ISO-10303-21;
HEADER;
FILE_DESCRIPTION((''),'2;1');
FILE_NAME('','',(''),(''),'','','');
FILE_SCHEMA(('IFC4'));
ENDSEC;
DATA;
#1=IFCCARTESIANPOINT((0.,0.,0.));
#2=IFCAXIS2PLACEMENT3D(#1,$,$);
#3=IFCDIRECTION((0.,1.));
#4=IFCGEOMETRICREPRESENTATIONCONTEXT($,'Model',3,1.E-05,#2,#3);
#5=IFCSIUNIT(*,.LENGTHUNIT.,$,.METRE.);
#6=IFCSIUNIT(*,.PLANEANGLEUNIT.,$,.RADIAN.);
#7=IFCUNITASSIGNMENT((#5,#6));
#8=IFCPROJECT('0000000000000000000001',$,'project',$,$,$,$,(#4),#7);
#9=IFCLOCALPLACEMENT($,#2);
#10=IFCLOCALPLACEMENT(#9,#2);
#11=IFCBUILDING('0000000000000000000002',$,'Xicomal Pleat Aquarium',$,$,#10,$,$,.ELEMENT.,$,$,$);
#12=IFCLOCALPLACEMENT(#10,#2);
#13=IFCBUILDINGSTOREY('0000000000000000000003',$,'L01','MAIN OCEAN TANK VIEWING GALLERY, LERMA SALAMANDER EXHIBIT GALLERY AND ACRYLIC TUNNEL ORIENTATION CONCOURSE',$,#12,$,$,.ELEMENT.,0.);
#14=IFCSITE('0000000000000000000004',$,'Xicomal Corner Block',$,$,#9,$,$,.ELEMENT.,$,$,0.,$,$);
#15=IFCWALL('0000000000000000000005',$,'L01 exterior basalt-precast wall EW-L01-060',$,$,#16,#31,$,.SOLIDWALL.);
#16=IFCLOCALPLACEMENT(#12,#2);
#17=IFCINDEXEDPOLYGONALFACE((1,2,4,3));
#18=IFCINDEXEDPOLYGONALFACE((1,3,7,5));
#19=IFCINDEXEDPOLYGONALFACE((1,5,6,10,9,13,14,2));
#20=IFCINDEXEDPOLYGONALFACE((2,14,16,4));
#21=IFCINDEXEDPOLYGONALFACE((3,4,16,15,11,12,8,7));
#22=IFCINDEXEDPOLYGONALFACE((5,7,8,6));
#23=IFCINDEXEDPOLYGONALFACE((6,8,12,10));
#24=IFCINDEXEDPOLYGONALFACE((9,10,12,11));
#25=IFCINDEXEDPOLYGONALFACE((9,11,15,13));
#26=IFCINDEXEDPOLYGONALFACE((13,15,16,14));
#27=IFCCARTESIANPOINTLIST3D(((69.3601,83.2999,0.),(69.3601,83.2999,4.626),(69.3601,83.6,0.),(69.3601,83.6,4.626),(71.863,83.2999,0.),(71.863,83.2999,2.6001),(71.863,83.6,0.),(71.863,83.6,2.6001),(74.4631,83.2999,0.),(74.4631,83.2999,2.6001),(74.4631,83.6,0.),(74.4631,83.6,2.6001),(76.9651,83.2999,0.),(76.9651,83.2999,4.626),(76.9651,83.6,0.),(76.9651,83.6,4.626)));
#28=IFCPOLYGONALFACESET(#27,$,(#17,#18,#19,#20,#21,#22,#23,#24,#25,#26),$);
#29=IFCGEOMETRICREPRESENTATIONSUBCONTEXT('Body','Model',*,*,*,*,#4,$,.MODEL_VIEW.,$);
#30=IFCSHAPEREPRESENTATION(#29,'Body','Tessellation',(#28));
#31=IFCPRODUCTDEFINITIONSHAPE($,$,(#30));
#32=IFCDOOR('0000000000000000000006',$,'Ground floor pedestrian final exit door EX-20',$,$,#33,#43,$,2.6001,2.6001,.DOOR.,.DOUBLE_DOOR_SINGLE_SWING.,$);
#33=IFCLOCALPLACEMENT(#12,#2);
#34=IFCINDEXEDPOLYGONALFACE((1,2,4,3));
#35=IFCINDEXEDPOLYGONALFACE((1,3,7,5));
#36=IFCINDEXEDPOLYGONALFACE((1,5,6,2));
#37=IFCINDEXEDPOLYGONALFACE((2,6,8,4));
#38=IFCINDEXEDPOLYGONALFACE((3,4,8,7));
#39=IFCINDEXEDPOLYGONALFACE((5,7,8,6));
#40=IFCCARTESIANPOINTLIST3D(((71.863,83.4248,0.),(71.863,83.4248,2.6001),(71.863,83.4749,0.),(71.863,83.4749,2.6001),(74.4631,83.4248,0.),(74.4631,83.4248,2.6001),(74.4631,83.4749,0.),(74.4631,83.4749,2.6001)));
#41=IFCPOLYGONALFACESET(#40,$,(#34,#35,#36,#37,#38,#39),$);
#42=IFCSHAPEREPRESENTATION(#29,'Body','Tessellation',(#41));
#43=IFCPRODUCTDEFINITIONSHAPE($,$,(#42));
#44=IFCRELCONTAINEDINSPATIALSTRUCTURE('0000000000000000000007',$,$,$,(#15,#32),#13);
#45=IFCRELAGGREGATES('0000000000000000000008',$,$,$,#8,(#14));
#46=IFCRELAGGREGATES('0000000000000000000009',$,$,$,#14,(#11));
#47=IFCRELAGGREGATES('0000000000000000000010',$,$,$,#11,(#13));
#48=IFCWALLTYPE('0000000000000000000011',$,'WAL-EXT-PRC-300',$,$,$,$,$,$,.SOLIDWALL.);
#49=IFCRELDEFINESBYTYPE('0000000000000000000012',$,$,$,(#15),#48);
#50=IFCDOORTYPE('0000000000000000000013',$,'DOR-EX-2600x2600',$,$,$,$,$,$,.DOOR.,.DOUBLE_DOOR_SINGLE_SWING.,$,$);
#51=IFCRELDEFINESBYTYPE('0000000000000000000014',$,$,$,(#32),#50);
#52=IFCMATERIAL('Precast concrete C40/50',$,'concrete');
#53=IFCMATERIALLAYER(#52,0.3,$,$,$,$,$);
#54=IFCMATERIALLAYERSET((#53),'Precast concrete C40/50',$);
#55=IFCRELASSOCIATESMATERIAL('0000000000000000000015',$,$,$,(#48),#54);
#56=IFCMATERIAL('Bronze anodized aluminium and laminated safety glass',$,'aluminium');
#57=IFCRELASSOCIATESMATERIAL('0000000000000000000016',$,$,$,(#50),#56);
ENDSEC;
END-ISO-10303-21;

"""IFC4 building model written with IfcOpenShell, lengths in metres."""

from ifc_helpers import new_model, si_unit, direction, frame, frame_2d, origin, place, context, subcontext, project, spatial, rectangle, extrude, material, layer, layer_set, type_object, element, fill, save


model = new_model("IFC4")

# Units and contexts
model_context = context("Model", 3, precision=1e-05, world=origin(), true_north=direction((0.0, 1.0)))
body_context = subcontext(model_context, "Body", "Model", "MODEL_VIEW")
ifc_project = project(units=[si_unit("LENGTHUNIT", "METRE"), si_unit("PLANEANGLEUNIT", "RADIAN")], contexts=[model_context])

# Site, building, storey
site_placement = place(None, origin())
site = spatial("IfcSite", under=ifc_project, at=site_placement, Name="Xicomal Corner Block", CompositionType="ELEMENT", RefElevation=0.0)
building_placement = place(site_placement, origin())
building = spatial("IfcBuilding", under=site, at=building_placement, Name="Xicomal Pleat Aquarium", CompositionType="ELEMENT")
storey_placement = place(building_placement, origin())
storey = spatial("IfcBuildingStorey", under=building, at=storey_placement, Name="L01", Description="MAIN OCEAN TANK VIEWING GALLERY, LERMA SALAMANDER EXHIBIT GALLERY AND ACRYLIC TUNNEL ORIENTATION CONCOURSE", CompositionType="ELEMENT", Elevation=0.0)

# Wall, opening, door
ifc_material_1 = material(Name="Precast concrete C40/50", Category="concrete")
ifc_layer_1 = layer(ifc_material_1, 0.3)
ifc_layer_set_1 = layer_set([ifc_layer_1], Name="Precast concrete C40/50")
wall_type = type_object("IfcWallType", Name="WAL-EXT-PRC-300", PredefinedType="SOLIDWALL", material=ifc_layer_set_1)
wall_placement = place(storey_placement, frame((69.3601, 83.45, 0.0), z_axis=(0.0, 0.0, 1.0), x_axis=(1.0, 0.0, 0.0)))
wall = element("IfcWall", 1, at=wall_placement, inside=storey, type_object=wall_type, Name="L01 exterior basalt-precast wall EW-L01-060", PredefinedType="SOLIDWALL", context=body_context, shape_type="SweptSolid", body=[
    extrude(rectangle(XDim=7.605, YDim=0.3, at=frame_2d((3.8025, 0.0))), origin(), (0.0, 0.0, 1.0), 4.626),
])
opening_placement = place(wall_placement, frame((2.5029, 0.0, 0.0)))
opening = element("IfcOpeningElement", 2, at=opening_placement, cuts=wall, PredefinedType="OPENING", context=body_context, shape_type="SweptSolid", body=[
    extrude(rectangle(XDim=2.6001, YDim=2.6001, at=frame_2d((1.3, 1.3))), frame((0.0, 0.1599, 0.0), z_axis=(0.0, -1.0, 0.0), x_axis=(1.0, 0.0, 0.0)), (0.0, 0.0, 1.0), 0.3201),
])
ifc_material_2 = material(Name="Bronze anodized aluminium and laminated safety glass", Category="aluminium")
door_type = type_object("IfcDoorType", Name="DOR-EX-2600x2600", OperationType="DOUBLE_DOOR_SINGLE_SWING", PredefinedType="DOOR", material=ifc_material_2)
door_placement = place(opening_placement, origin())
door = element("IfcDoor", 3, at=door_placement, inside=storey, type_object=door_type, Name="Ground floor pedestrian final exit door EX-20", OperationType="DOUBLE_DOOR_SINGLE_SWING", OverallHeight=2.6001, OverallWidth=2.6001, PredefinedType="DOOR", context=body_context, shape_type="SweptSolid", body=[
    extrude(rectangle(XDim=2.6001, YDim=2.6001, at=frame_2d((1.3, 1.3))), frame((0.0, 0.0249, 0.0), z_axis=(0.0, -1.0, 0.0), x_axis=(1.0, 0.0, 0.0)), (0.0, 0.0, 1.0), 0.05),
])
fill(opening, door)

save(model, "model.ifc")
